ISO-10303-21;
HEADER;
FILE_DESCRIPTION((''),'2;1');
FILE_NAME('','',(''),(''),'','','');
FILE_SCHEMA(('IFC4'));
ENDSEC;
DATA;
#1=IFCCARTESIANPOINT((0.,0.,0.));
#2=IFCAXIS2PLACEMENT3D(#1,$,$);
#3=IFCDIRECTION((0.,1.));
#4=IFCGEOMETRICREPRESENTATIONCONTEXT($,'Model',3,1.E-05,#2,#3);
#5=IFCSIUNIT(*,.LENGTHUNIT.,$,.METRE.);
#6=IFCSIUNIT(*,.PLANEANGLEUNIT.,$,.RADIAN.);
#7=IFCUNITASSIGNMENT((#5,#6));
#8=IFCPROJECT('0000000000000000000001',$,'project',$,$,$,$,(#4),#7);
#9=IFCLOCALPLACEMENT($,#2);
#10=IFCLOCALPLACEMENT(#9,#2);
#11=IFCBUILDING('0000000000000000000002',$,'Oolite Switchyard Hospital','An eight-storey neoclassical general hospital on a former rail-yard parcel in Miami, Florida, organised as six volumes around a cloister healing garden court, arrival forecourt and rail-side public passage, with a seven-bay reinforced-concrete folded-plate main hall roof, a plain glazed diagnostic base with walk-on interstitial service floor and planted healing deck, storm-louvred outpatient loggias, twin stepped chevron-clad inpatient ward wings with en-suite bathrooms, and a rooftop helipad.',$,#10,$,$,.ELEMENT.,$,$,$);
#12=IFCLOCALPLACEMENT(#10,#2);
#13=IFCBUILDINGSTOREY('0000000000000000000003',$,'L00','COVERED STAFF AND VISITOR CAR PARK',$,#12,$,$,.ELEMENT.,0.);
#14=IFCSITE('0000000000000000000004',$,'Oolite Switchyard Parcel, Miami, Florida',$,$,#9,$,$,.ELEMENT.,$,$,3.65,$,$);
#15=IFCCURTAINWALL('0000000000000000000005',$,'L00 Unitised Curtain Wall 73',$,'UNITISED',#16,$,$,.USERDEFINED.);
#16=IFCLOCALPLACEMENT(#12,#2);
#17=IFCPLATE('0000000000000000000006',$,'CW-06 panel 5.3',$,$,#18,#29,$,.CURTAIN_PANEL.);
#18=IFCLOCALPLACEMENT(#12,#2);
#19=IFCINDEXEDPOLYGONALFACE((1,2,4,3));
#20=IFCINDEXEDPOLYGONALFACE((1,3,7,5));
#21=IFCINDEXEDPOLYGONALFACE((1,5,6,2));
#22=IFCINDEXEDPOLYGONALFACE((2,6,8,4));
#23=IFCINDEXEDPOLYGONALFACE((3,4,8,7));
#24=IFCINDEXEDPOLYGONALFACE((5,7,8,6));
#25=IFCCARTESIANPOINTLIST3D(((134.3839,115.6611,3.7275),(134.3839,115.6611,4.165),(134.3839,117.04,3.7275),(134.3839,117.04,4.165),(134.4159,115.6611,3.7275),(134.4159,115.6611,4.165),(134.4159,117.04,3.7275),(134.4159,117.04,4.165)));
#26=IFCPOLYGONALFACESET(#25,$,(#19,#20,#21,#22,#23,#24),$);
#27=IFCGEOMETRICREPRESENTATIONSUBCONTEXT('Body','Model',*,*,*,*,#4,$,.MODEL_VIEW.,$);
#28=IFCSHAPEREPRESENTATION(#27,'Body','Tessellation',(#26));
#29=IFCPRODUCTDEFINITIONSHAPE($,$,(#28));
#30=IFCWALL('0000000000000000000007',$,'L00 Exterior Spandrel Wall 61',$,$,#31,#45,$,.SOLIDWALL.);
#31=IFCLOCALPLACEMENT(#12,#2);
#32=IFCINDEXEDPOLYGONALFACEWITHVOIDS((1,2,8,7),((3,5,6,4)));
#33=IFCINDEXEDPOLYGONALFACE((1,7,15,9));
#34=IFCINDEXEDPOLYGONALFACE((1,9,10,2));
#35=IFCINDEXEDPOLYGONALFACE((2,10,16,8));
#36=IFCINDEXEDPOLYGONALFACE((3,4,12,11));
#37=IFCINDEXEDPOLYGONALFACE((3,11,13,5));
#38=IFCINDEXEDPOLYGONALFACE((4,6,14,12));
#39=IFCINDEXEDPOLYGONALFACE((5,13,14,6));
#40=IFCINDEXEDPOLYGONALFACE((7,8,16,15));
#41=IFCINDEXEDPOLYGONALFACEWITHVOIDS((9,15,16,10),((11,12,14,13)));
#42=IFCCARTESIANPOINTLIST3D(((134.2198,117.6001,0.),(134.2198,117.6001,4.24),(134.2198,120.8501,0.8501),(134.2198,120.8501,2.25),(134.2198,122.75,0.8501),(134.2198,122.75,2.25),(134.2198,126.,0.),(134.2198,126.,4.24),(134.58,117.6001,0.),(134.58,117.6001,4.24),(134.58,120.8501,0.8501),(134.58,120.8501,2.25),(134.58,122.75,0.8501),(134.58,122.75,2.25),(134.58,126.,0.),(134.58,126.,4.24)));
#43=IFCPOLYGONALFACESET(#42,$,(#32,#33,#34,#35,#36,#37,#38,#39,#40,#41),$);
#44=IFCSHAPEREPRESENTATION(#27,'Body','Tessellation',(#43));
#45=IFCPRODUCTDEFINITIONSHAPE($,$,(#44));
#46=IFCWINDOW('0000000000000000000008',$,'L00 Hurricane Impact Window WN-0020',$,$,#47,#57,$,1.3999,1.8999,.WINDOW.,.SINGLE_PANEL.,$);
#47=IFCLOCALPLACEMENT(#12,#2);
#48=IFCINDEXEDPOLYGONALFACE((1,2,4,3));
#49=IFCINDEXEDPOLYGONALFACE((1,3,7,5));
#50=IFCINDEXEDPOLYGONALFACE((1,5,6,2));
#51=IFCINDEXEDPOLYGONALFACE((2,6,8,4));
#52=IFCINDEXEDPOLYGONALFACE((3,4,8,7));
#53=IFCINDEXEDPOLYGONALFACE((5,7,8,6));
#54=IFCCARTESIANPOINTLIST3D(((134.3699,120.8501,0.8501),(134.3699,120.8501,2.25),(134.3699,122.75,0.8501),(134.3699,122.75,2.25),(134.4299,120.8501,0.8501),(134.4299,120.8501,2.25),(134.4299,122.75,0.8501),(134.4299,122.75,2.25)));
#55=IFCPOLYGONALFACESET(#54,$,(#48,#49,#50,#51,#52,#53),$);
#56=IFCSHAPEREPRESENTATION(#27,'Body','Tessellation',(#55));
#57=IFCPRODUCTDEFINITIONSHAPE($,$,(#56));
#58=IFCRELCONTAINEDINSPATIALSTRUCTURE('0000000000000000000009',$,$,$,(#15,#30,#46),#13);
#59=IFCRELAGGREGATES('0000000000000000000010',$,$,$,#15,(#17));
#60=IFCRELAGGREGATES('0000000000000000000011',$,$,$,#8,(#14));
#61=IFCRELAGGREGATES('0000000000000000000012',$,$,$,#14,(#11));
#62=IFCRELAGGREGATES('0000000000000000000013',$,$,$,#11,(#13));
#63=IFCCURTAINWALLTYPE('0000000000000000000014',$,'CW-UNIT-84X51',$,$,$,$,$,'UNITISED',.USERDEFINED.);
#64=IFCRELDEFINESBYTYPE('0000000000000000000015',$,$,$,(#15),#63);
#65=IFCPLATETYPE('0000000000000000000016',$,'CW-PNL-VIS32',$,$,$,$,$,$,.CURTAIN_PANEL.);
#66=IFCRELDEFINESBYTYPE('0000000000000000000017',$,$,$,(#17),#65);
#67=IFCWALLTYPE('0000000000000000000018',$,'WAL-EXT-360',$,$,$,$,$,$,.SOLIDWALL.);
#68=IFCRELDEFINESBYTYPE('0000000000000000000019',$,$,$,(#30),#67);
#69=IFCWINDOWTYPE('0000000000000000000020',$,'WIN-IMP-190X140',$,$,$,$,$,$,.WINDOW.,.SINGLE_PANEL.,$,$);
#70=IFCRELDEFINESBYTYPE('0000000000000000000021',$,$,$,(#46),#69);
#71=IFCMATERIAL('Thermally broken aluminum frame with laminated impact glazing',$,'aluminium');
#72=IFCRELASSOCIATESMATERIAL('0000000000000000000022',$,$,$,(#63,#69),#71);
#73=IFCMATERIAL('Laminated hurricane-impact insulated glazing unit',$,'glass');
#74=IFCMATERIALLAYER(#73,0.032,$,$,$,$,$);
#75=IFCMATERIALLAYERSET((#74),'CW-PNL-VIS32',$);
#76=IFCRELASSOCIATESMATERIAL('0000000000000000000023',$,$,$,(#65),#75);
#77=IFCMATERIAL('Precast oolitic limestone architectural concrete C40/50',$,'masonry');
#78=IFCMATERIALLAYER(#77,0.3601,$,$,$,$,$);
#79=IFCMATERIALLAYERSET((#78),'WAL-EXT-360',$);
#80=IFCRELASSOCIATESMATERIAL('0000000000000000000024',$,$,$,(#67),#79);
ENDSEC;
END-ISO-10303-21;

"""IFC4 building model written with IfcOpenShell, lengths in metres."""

from ifc_helpers import new_model, si_unit, direction, frame, frame_2d, origin, origin_2d, place, context, subcontext, project, spatial, rectangle, extrude, material, layer, layer_set, type_object, element, fill, aggregate, save


model = new_model("IFC4")

# Units and contexts
model_context = context("Model", 3, precision=1e-05, world=origin(), true_north=direction((0.0, 1.0)))
body_context = subcontext(model_context, "Body", "Model", "MODEL_VIEW")
ifc_project = project(units=[si_unit("LENGTHUNIT", "METRE"), si_unit("PLANEANGLEUNIT", "RADIAN")], contexts=[model_context])

# Site, building, storey
site_placement = place(None, origin())
site = spatial("IfcSite", under=ifc_project, at=site_placement, Name="Oolite Switchyard Parcel, Miami, Florida", CompositionType="ELEMENT", RefElevation=3.65)
building_placement = place(site_placement, origin())
building = spatial("IfcBuilding", under=site, at=building_placement, Name="Oolite Switchyard Hospital", Description="An eight-storey neoclassical general hospital on a former rail-yard parcel in Miami, Florida, organised as six volumes around a cloister healing garden court, arrival forecourt and rail-side public passage, with a seven-bay reinforced-concrete folded-plate main hall roof, a plain glazed diagnostic base with walk-on interstitial service floor and planted healing deck, storm-louvred outpatient loggias, twin stepped chevron-clad inpatient ward wings with en-suite bathrooms, and a rooftop helipad.", CompositionType="ELEMENT")
storey_placement = place(building_placement, origin())
storey = spatial("IfcBuildingStorey", under=building, at=storey_placement, Name="L00", Description="COVERED STAFF AND VISITOR CAR PARK", CompositionType="ELEMENT", Elevation=0.0)

# Curtain wall, plate
ifc_material_1 = material(Name="Thermally broken aluminum frame with laminated impact glazing", Category="aluminium")
curtain_wall_type = type_object("IfcCurtainWallType", Name="CW-UNIT-84X51", ElementType="UNITISED", PredefinedType="USERDEFINED", material=ifc_material_1)
curtain_wall_placement = place(storey_placement, origin())
curtain_wall = element("IfcCurtainWall", 1, at=curtain_wall_placement, inside=storey, type_object=curtain_wall_type, Name="L00 Unitised Curtain Wall 73", ObjectType="UNITISED", PredefinedType="USERDEFINED")
ifc_material_2 = material(Name="Laminated hurricane-impact insulated glazing unit", Category="glass")
ifc_layer_1 = layer(ifc_material_2, 0.032)
ifc_layer_set_1 = layer_set([ifc_layer_1], Name="CW-PNL-VIS32")
plate_type = type_object("IfcPlateType", Name="CW-PNL-VIS32", PredefinedType="CURTAIN_PANEL", material=ifc_layer_set_1)
plate_1_placement = place(storey_placement, frame((134.3999, 116.3506, 3.7275), z_axis=(0.0, 0.0, 1.0), x_axis=(0.0, 1.0, 0.0)))
plate_1 = element("IfcPlate", 2, at=plate_1_placement, type_object=plate_type, Name="CW-06 panel 5.3", PredefinedType="CURTAIN_PANEL", context=body_context, shape_type="SweptSolid", body=[
    extrude(rectangle(XDim=1.3789, YDim=0.032, at=origin_2d()), origin(), (0.0, 0.0, 1.0), 0.4375),
])
aggregate(curtain_wall, [plate_1])

# Wall, opening, window
ifc_material_3 = material(Name="Precast oolitic limestone architectural concrete C40/50", Category="masonry")
ifc_layer_2 = layer(ifc_material_3, 0.3601)
ifc_layer_set_2 = layer_set([ifc_layer_2], Name="WAL-EXT-360")
wall_type_1 = type_object("IfcWallType", Name="WAL-EXT-360", PredefinedType="SOLIDWALL", material=ifc_layer_set_2)
wall_1_placement = place(storey_placement, frame((134.3999, 117.6001, 0.0), z_axis=(0.0, 0.0, 1.0), x_axis=(0.0, 1.0, 0.0)))
wall_1 = element("IfcWall", 3, at=wall_1_placement, inside=storey, type_object=wall_type_1, Name="L00 Exterior Spandrel Wall 61", PredefinedType="SOLIDWALL", context=body_context, shape_type="SweptSolid", body=[
    extrude(rectangle(XDim=8.3999, YDim=0.3601, at=frame_2d((4.2, 0.0))), origin(), (0.0, 0.0, 1.0), 4.24),
])
opening_1_placement = place(wall_1_placement, frame((3.25, 0.0, 0.8501)))
opening_1 = element("IfcOpeningElement", 4, at=opening_1_placement, cuts=wall_1, PredefinedType="OPENING", context=body_context, shape_type="SweptSolid", body=[
    extrude(rectangle(XDim=1.8999, YDim=1.3999, at=frame_2d((0.95, 0.7))), frame((0.0, 0.1899, 0.0), z_axis=(0.0, -1.0, 0.0), x_axis=(1.0, 0.0, 0.0)), (0.0, 0.0, 1.0), 0.3801),
])
window_type = type_object("IfcWindowType", Name="WIN-IMP-190X140", PartitioningType="SINGLE_PANEL", PredefinedType="WINDOW", material=ifc_material_1)
window_placement = place(opening_1_placement, origin())
window = element("IfcWindow", 5, at=window_placement, inside=storey, type_object=window_type, Name="L00 Hurricane Impact Window WN-0020", OverallHeight=1.3999, OverallWidth=1.8999, PartitioningType="SINGLE_PANEL", PredefinedType="WINDOW", context=body_context, shape_type="SweptSolid", body=[
    extrude(rectangle(XDim=1.8999, YDim=1.3999, at=frame_2d((0.95, 0.7))), frame((0.0, 0.03, 0.0), z_axis=(0.0, -1.0, 0.0), x_axis=(1.0, 0.0, 0.0)), (0.0, 0.0, 1.0), 0.0601),
])
fill(opening_1, window)

save(model, "model.ifc")
